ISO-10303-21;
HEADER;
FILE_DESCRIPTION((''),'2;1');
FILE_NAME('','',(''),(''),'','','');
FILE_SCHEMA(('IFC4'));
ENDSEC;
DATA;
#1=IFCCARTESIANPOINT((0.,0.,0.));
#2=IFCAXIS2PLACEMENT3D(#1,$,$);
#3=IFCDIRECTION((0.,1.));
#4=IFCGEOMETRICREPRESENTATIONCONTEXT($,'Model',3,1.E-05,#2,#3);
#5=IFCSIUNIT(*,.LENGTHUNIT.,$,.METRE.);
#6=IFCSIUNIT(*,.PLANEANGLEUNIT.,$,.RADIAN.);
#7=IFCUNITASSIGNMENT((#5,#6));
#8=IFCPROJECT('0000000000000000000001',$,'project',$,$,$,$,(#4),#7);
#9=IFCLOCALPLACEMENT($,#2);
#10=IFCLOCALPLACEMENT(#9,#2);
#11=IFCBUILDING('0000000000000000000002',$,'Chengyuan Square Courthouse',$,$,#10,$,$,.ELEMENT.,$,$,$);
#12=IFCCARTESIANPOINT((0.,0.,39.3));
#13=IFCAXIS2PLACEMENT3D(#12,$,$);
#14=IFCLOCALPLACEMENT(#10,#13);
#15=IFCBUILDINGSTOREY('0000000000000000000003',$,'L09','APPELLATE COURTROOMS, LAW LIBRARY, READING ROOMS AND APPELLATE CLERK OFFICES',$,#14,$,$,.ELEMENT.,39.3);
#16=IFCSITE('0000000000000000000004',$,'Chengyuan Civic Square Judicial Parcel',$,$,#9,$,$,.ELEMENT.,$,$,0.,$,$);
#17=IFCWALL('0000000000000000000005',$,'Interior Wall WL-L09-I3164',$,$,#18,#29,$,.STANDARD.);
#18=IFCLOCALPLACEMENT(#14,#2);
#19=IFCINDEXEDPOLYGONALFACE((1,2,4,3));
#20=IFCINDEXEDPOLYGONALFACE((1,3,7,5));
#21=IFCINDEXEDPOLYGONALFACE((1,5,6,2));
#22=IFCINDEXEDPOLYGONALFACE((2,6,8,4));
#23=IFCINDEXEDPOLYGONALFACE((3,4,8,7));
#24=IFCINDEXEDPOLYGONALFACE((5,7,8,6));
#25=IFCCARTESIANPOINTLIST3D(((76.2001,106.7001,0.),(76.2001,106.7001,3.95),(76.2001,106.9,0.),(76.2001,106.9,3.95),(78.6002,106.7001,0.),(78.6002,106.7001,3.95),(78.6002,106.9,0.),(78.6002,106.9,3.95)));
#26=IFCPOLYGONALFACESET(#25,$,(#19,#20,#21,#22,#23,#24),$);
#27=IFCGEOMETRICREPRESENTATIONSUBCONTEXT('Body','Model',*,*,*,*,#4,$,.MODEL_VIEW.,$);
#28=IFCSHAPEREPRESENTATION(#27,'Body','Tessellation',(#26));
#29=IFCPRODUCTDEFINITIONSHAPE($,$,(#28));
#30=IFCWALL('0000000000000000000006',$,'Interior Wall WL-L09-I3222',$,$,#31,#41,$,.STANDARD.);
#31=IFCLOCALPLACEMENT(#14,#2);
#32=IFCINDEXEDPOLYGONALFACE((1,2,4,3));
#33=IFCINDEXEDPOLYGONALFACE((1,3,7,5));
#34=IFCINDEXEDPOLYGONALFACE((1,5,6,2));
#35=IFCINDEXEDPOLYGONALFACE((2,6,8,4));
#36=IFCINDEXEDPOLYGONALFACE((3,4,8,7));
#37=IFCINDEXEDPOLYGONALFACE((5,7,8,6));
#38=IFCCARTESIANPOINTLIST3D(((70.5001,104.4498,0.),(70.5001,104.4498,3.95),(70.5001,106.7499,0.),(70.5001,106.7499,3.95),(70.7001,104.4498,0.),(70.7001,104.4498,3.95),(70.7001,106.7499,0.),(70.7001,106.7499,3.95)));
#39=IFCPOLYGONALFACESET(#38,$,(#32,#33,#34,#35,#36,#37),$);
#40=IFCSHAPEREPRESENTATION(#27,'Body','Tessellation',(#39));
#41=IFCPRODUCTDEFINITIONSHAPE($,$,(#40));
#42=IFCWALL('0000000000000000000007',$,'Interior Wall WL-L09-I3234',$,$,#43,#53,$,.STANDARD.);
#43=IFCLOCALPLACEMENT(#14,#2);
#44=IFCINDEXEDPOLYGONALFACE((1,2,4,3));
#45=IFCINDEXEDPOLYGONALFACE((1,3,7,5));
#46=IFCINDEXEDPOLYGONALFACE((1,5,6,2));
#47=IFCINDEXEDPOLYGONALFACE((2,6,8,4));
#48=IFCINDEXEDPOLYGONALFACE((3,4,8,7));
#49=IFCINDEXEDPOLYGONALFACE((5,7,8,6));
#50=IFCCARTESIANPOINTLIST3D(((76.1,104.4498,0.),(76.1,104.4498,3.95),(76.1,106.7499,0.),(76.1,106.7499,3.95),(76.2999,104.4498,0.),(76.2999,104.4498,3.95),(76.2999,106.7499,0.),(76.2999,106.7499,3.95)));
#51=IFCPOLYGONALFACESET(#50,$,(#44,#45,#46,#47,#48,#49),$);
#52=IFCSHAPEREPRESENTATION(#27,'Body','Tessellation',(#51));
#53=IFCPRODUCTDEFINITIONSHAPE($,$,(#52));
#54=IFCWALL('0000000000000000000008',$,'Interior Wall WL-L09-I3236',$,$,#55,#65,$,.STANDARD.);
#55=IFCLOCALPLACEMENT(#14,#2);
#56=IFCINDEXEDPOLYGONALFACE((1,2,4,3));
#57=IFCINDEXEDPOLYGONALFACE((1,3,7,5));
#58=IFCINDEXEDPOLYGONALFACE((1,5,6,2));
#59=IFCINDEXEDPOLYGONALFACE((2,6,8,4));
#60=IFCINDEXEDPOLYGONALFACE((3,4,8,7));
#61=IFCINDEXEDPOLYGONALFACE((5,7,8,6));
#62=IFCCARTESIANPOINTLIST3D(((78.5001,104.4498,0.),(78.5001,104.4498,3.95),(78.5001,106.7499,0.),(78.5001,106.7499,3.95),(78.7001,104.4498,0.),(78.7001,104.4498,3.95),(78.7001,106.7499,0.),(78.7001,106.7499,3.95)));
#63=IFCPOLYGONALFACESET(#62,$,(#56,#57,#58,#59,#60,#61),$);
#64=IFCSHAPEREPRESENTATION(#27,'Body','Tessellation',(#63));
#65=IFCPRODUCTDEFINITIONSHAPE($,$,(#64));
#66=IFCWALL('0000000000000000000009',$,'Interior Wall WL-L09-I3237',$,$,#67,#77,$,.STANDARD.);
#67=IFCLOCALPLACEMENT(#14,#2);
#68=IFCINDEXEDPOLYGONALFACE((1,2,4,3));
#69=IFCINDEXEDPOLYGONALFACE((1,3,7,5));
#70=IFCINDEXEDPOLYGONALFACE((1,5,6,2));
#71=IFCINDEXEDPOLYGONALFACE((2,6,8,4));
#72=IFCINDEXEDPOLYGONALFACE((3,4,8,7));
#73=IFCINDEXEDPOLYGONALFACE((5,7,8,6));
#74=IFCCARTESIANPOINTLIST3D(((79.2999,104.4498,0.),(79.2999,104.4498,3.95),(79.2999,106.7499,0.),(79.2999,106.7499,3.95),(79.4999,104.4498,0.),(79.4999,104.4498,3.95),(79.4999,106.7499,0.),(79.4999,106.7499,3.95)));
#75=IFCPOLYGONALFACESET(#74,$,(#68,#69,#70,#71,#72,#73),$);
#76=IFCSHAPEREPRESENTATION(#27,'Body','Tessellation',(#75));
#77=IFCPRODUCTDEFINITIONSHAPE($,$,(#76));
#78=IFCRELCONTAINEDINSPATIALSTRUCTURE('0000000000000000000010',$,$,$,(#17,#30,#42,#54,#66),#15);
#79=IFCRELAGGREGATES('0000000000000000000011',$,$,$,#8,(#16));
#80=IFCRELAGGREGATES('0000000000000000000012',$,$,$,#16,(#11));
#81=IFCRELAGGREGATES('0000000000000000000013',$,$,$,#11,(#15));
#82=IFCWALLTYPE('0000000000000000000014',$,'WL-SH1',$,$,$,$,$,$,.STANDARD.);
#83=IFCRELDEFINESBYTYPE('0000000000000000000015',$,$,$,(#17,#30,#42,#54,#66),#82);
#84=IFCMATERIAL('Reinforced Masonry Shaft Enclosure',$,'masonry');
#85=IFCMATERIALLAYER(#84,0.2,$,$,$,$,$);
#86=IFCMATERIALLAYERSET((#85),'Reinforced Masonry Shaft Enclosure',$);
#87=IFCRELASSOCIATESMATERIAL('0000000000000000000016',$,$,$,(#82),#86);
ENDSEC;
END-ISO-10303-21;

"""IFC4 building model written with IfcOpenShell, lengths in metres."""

from ifc_helpers import new_model, si_unit, direction, frame, frame_2d, origin, place, context, subcontext, project, spatial, rectangle, extrude, material, layer, layer_set, type_object, element, save


model = new_model("IFC4")

# Units and contexts
model_context = context("Model", 3, precision=1e-05, world=origin(), true_north=direction((0.0, 1.0)))
body_context = subcontext(model_context, "Body", "Model", "MODEL_VIEW")
ifc_project = project(units=[si_unit("LENGTHUNIT", "METRE"), si_unit("PLANEANGLEUNIT", "RADIAN")], contexts=[model_context])

# Site, building, storey
site_placement = place(None, origin())
site = spatial("IfcSite", under=ifc_project, at=site_placement, Name="Chengyuan Civic Square Judicial Parcel", CompositionType="ELEMENT", RefElevation=0.0)
building_placement = place(site_placement, origin())
building = spatial("IfcBuilding", under=site, at=building_placement, Name="Chengyuan Square Courthouse", CompositionType="ELEMENT")
storey_placement = place(building_placement, frame((0.0, 0.0, 39.3)))
storey = spatial("IfcBuildingStorey", under=building, at=storey_placement, Name="L09", Description="APPELLATE COURTROOMS, LAW LIBRARY, READING ROOMS AND APPELLATE CLERK OFFICES", CompositionType="ELEMENT", Elevation=39.3)

# Shared definitions
ifc_material_1 = material(Name="Reinforced Masonry Shaft Enclosure", Category="masonry")
ifc_layer_1 = layer(ifc_material_1, 0.2)
ifc_layer_set_1 = layer_set([ifc_layer_1], Name="Reinforced Masonry Shaft Enclosure")
wall_type_1 = type_object("IfcWallType", Name="WL-SH1", PredefinedType="STANDARD", material=ifc_layer_set_1)

# Walls
wall_1_placement = place(storey_placement, frame((76.2, 106.8, 0.0), z_axis=(0.0, 0.0, 1.0), x_axis=(1.0, 0.0, 0.0)))
element("IfcWall", 1, at=wall_1_placement, inside=storey, type_object=wall_type_1, Name="Interior Wall WL-L09-I3164", PredefinedType="STANDARD", context=body_context, shape_type="SweptSolid", body=[
    extrude(rectangle(XDim=2.4001, YDim=0.2, at=frame_2d((1.2002, 0.0))), origin(), (0.0, 0.0, 1.0), 3.95),
])
for number, where, z_axis, x_axis, name in (
    (2, (70.6001, 104.45, 0.0), (0.0, 0.0, 1.0), (0.0, 1.0, 0.0), "Interior Wall WL-L09-I3222"),
    (3, (76.2, 104.45, 0.0), (0.0, 0.0, 1.0), (0.0, 1.0, 0.0), "Interior Wall WL-L09-I3234"),
    (4, (78.6001, 104.45, 0.0), (0.0, 0.0, 1.0), (0.0, 1.0, 0.0), "Interior Wall WL-L09-I3236"),
    (5, (79.3999, 104.45, 0.0), (0.0, 0.0, 1.0), (0.0, 1.0, 0.0), "Interior Wall WL-L09-I3237"),
):
    element("IfcWall", number, at=place(storey_placement, frame(where, z_axis=z_axis, x_axis=x_axis)), inside=storey, type_object=wall_type_1, Name=name, PredefinedType="STANDARD", context=body_context, shape_type="SweptSolid", body=[
        extrude(rectangle(XDim=2.3, YDim=0.2, at=frame_2d((1.1499, 0.0))), origin(), (0.0, 0.0, 1.0), 3.95),
    ])

save(model, "model.ifc")
